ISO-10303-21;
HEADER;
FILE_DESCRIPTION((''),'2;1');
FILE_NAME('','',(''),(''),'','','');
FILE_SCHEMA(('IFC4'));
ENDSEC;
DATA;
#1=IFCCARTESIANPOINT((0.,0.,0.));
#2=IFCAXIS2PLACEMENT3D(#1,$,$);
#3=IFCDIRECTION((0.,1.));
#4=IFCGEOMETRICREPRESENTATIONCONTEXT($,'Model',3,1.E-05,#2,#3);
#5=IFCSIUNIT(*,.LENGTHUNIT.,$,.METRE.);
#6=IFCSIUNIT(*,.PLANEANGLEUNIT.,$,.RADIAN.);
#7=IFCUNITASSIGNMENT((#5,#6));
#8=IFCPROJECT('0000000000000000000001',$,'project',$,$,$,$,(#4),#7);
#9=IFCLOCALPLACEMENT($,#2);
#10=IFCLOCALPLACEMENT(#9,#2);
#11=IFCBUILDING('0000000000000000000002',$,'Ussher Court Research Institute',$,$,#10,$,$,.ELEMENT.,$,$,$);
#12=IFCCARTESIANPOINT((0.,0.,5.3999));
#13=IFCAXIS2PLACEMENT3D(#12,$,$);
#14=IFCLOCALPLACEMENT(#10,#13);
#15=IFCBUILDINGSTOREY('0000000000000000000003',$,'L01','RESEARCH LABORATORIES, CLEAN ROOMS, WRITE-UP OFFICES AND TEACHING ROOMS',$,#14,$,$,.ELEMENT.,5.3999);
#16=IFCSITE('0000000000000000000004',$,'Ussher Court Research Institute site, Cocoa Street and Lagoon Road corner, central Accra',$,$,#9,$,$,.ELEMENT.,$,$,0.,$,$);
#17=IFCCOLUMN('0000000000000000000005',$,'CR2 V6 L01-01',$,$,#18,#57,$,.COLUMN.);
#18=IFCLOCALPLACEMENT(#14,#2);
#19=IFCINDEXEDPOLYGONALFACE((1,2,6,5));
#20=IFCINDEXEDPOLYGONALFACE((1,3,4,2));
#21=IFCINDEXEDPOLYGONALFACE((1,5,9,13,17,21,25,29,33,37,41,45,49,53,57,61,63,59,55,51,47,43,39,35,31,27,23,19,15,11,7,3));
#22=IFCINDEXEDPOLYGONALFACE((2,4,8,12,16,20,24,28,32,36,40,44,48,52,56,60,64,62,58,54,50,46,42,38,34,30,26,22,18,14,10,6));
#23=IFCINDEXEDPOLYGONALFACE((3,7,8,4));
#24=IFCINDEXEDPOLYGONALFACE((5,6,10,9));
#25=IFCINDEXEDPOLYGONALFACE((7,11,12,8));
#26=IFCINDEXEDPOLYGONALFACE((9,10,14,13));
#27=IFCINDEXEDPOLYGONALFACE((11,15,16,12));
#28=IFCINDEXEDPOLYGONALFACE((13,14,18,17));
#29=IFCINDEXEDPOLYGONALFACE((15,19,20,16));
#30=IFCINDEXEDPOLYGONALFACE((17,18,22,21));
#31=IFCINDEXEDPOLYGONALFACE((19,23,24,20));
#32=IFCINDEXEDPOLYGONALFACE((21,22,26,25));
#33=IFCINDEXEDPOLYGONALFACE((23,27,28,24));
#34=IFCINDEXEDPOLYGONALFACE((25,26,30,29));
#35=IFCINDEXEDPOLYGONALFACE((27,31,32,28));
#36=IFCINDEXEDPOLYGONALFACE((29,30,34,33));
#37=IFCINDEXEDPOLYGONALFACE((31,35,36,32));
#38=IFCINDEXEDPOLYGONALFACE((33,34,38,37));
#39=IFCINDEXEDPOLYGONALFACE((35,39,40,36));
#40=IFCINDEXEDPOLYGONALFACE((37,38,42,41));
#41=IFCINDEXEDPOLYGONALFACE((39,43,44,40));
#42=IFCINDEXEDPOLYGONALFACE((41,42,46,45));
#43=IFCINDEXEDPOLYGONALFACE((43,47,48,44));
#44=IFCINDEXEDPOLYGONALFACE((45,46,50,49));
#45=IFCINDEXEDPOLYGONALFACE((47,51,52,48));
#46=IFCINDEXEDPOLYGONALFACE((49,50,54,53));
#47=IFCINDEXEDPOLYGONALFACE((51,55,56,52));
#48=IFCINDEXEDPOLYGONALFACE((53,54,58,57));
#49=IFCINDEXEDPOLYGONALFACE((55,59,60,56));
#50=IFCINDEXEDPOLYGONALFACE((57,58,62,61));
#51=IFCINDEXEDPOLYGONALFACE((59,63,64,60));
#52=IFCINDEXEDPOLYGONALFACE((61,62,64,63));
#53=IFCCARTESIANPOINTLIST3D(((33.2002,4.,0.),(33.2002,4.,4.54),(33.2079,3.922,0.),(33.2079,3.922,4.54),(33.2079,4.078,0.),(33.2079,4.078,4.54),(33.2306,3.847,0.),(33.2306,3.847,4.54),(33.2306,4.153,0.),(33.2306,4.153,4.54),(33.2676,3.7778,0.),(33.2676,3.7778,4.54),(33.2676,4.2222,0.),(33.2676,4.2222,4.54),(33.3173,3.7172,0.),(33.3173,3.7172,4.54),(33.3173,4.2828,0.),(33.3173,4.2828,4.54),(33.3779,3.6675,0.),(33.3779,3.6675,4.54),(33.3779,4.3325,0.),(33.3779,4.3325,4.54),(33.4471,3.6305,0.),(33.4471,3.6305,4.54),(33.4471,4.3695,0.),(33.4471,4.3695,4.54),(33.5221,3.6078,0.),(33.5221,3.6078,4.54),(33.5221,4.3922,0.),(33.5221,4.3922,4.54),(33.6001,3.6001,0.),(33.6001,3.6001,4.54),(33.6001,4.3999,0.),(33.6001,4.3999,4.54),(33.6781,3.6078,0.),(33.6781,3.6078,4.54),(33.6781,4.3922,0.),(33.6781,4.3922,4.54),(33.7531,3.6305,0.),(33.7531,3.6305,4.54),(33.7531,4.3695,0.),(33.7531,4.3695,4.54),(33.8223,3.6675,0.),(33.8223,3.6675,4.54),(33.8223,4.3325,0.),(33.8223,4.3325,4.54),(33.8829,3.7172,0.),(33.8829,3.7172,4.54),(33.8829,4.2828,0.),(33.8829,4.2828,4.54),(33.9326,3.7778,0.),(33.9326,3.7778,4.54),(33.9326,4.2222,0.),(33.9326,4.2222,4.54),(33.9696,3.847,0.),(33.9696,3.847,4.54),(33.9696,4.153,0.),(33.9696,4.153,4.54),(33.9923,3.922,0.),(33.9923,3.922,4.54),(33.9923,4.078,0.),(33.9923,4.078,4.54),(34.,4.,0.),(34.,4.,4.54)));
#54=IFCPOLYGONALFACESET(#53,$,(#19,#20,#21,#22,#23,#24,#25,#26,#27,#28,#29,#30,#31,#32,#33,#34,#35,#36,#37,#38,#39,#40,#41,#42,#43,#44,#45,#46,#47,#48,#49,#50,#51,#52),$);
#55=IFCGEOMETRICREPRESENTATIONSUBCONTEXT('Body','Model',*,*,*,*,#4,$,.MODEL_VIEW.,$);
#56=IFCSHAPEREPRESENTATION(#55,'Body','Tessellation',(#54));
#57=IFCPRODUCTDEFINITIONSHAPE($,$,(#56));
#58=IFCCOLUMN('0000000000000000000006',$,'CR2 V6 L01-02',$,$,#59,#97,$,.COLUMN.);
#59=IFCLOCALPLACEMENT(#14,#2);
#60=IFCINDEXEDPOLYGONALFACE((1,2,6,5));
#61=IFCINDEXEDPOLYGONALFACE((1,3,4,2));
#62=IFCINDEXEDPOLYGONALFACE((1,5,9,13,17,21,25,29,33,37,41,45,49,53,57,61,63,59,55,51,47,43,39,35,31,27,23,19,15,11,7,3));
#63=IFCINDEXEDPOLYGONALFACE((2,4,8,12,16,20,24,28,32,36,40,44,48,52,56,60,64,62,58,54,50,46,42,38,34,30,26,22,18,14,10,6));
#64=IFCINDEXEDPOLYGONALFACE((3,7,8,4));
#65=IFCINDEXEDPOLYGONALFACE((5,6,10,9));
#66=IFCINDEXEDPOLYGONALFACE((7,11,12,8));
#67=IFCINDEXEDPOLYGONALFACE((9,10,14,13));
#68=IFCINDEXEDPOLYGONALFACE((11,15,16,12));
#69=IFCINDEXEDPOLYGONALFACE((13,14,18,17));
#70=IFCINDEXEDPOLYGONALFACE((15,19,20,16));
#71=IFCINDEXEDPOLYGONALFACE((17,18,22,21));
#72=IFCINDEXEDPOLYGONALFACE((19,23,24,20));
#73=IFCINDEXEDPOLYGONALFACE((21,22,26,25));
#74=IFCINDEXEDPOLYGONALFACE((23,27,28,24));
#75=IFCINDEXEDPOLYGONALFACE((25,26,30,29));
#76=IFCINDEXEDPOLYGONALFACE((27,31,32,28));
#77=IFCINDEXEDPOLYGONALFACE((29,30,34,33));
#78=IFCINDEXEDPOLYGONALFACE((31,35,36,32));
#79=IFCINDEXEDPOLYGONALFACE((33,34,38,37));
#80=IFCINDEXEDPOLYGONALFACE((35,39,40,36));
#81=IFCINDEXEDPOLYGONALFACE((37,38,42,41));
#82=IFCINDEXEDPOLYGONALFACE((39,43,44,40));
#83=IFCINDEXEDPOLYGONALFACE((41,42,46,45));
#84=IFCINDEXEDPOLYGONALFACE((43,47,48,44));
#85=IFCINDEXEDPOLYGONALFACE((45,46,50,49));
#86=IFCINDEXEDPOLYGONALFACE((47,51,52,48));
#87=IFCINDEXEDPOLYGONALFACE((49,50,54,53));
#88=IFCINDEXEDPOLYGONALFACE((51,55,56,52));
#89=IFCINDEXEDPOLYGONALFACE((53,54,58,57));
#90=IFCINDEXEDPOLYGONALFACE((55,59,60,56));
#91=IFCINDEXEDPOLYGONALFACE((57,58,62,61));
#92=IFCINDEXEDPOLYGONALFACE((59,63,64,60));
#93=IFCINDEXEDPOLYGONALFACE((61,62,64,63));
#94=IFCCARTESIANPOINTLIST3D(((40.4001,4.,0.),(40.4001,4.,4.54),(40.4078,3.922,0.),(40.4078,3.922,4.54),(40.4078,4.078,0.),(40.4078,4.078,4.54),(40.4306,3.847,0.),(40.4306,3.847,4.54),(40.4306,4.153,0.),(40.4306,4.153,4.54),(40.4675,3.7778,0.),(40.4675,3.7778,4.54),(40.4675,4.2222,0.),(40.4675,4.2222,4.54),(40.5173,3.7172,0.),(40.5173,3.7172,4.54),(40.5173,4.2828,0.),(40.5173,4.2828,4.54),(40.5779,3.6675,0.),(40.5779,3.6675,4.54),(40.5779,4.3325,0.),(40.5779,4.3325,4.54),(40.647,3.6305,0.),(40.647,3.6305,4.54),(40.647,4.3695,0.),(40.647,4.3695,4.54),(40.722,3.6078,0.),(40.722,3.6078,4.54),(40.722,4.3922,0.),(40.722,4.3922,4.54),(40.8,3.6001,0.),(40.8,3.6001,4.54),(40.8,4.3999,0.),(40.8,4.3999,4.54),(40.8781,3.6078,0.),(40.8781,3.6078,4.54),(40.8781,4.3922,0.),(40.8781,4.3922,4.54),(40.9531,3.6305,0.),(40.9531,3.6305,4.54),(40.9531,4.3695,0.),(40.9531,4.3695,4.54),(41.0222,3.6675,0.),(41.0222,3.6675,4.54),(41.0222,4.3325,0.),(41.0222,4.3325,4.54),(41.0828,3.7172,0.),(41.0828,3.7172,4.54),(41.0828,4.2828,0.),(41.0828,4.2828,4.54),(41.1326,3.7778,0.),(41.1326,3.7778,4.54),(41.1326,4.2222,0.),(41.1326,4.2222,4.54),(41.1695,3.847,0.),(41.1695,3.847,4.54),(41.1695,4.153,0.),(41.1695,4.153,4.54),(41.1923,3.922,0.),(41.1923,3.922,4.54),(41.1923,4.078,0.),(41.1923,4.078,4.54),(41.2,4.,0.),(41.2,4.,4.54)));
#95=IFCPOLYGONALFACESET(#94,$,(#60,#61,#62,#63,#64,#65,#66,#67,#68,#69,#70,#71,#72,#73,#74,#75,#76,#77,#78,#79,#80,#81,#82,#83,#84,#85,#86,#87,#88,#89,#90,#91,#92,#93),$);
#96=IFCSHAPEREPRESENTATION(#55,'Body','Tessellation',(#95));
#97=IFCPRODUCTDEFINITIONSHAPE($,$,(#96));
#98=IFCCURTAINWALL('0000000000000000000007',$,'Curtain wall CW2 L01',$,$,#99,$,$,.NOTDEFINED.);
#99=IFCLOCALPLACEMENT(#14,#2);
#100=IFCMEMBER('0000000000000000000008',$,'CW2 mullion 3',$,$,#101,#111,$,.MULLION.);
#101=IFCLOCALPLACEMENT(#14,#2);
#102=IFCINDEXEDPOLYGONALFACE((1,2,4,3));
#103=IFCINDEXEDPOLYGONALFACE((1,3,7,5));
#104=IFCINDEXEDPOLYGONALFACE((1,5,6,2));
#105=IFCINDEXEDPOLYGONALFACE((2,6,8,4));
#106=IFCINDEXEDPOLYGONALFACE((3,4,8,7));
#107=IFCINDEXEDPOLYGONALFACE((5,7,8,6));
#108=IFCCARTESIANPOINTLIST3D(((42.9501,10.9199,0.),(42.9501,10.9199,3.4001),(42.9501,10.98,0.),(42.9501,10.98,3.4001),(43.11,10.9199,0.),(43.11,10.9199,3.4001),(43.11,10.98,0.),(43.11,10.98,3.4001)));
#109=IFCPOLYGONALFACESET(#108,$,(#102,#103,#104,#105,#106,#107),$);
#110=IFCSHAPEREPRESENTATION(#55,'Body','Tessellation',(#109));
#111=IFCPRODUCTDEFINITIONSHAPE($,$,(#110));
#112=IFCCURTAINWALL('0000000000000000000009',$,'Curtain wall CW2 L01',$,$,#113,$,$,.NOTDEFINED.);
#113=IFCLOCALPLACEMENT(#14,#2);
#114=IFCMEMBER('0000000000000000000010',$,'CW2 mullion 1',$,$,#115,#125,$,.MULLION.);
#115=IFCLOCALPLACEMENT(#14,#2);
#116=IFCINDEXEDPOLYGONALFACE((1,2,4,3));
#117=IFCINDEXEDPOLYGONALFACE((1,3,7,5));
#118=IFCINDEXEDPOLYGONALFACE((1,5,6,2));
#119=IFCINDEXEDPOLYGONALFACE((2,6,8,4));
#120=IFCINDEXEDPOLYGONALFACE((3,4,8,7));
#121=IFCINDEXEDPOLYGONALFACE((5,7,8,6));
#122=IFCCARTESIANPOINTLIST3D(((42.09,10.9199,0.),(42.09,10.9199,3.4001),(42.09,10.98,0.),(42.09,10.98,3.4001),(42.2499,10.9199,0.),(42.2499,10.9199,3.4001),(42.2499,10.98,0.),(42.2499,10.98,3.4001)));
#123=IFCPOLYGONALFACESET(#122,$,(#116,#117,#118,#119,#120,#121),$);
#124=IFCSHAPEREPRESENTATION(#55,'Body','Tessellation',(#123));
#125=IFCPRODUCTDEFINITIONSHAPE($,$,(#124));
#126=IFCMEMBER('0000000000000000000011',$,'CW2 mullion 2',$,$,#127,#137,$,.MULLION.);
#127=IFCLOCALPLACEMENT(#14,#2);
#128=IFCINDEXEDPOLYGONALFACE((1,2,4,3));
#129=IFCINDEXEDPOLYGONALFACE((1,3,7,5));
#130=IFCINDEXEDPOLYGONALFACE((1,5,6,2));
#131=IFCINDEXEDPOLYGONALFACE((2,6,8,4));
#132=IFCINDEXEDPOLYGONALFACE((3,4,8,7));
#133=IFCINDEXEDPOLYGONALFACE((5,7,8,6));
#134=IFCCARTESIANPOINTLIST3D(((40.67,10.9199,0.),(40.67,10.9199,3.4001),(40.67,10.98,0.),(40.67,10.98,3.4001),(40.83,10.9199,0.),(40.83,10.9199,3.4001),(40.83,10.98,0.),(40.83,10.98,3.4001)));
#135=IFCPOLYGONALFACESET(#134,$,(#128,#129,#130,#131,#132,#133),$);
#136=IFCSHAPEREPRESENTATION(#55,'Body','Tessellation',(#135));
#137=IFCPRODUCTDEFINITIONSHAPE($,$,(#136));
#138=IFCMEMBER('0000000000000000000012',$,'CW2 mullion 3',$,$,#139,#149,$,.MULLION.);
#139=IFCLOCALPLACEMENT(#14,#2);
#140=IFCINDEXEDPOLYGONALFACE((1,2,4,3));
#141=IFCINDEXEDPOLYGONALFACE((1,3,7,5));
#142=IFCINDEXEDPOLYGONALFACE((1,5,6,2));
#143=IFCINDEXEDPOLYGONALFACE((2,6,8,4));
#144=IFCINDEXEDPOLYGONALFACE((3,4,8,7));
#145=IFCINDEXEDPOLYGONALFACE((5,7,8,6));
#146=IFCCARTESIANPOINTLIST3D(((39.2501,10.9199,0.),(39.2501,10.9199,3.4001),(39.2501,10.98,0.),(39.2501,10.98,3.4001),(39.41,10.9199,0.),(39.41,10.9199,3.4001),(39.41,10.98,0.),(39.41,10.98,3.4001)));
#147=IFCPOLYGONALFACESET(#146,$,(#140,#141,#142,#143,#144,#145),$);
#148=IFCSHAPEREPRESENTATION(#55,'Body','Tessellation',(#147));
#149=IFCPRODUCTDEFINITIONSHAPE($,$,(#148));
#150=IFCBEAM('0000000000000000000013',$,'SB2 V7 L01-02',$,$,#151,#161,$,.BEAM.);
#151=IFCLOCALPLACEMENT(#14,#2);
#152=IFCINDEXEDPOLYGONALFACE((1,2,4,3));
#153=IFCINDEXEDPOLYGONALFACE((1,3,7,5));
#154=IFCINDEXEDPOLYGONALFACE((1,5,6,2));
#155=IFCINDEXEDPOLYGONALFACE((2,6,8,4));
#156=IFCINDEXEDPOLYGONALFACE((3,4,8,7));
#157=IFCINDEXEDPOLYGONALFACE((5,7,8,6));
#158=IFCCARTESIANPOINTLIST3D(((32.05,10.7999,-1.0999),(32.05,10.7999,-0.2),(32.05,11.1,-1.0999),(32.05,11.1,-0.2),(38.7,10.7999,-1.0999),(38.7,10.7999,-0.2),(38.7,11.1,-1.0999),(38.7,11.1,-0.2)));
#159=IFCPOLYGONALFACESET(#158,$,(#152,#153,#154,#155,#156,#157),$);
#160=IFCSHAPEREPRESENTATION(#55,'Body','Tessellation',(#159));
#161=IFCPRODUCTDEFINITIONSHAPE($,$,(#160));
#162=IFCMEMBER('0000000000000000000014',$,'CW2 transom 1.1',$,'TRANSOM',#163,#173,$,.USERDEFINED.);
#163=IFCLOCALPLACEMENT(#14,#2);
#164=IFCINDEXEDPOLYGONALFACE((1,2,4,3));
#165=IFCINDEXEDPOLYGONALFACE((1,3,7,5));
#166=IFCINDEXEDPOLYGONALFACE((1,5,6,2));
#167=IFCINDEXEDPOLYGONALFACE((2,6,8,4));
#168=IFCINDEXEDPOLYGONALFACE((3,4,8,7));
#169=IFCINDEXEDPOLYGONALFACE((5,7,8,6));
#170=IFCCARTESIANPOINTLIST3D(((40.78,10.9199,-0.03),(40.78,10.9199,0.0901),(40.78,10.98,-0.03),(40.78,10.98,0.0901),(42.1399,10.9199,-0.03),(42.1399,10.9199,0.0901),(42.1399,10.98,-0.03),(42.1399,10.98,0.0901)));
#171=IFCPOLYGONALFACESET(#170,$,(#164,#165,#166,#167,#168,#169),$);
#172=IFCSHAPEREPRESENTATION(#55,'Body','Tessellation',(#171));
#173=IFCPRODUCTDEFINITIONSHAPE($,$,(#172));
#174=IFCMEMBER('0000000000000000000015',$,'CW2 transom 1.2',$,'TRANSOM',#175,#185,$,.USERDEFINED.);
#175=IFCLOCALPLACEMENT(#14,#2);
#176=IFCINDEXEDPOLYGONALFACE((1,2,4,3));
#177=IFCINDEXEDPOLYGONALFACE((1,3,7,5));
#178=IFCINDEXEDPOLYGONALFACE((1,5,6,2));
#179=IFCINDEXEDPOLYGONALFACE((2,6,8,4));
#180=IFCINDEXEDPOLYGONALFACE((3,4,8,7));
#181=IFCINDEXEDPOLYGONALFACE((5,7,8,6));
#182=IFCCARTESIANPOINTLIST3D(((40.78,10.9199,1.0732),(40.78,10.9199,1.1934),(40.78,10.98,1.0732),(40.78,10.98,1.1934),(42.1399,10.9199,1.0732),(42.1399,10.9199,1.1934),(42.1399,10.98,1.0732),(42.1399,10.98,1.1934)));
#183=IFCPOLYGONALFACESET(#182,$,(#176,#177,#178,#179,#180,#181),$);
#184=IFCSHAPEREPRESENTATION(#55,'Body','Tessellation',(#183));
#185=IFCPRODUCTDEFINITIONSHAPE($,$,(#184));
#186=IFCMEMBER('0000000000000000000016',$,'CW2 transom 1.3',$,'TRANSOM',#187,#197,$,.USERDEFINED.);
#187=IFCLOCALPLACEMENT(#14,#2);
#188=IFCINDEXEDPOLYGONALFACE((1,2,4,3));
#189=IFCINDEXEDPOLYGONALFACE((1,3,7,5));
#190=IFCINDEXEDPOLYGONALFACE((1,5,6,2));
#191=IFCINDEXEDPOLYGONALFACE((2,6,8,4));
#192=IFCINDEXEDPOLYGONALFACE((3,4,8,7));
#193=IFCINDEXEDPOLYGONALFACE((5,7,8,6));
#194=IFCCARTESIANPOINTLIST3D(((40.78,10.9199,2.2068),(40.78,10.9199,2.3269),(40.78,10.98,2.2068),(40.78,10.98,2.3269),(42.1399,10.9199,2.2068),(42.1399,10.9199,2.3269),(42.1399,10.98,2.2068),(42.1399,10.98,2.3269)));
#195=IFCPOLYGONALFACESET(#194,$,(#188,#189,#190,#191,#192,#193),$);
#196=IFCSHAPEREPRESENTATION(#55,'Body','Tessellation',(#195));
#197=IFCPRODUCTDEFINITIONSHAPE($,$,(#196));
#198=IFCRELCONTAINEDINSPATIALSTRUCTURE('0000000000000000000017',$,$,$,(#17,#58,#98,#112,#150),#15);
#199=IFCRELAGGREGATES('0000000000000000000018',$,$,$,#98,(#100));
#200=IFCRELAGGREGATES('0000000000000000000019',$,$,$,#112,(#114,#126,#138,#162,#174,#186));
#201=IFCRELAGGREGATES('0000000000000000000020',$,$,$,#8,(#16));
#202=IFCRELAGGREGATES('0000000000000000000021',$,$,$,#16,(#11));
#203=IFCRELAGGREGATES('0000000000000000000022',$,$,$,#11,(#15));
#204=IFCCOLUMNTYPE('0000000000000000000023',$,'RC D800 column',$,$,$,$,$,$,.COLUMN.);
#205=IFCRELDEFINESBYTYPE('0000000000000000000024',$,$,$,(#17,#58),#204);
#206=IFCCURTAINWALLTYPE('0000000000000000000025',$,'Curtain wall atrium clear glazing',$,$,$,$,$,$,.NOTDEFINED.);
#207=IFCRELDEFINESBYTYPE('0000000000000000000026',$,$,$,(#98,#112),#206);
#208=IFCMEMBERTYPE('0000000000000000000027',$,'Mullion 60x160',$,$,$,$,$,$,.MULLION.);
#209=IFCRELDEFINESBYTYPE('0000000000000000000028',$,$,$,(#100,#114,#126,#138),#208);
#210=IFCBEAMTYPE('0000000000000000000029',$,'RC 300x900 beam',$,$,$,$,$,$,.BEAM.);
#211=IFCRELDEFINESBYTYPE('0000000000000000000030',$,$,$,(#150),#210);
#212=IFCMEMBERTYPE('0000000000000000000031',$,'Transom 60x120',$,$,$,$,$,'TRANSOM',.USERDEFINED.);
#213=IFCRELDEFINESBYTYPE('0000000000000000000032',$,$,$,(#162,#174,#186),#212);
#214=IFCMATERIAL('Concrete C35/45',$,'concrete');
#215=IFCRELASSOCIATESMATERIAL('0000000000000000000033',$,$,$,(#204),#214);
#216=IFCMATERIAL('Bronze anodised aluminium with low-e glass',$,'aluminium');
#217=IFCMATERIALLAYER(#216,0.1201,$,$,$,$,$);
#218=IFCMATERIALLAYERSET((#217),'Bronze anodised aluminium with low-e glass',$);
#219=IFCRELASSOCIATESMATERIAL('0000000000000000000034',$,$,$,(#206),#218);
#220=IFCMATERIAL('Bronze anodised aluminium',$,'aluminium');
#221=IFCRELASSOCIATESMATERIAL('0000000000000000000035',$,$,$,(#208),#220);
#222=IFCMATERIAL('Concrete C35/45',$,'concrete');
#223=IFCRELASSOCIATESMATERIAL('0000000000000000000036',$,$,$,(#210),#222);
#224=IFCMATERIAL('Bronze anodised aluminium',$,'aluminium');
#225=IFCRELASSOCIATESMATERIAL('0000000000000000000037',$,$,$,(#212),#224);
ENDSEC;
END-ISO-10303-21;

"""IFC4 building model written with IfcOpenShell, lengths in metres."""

from ifc_helpers import new_model, si_unit, direction, frame, origin, origin_2d, place, context, subcontext, project, spatial, rectangle, circle, extrude, material, layer, layer_set, material_profile, profile_set, type_object, element, aggregate, save


model = new_model("IFC4")

# Units and contexts
model_context = context("Model", 3, precision=1e-05, world=origin(), true_north=direction((0.0, 1.0)))
body_context = subcontext(model_context, "Body", "Model", "MODEL_VIEW")
ifc_project = project(units=[si_unit("LENGTHUNIT", "METRE"), si_unit("PLANEANGLEUNIT", "RADIAN")], contexts=[model_context])

# Site, building, storey
site_placement = place(None, origin())
site = spatial("IfcSite", under=ifc_project, at=site_placement, Name="Ussher Court Research Institute site, Cocoa Street and Lagoon Road corner, central Accra", CompositionType="ELEMENT", RefElevation=0.0)
building_placement = place(site_placement, origin())
building = spatial("IfcBuilding", under=site, at=building_placement, Name="Ussher Court Research Institute", CompositionType="ELEMENT")
storey_placement = place(building_placement, frame((0.0, 0.0, 5.3999)))
storey = spatial("IfcBuildingStorey", under=building, at=storey_placement, Name="L01", Description="RESEARCH LABORATORIES, CLEAN ROOMS, WRITE-UP OFFICES AND TEACHING ROOMS", CompositionType="ELEMENT", Elevation=5.3999)

# Columns
ifc_material_1 = material(Name="Concrete C35/45", Category="concrete")
ifc_material_profile_1 = material_profile(ifc_material_1, circle(Radius=0.3999, at=origin_2d()), Name="RC D800")
ifc_profile_set_1 = profile_set([ifc_material_profile_1], Name="Concrete C35/45")
column_type = type_object("IfcColumnType", Name="RC D800 column", PredefinedType="COLUMN", material=ifc_profile_set_1)
for number, where, z_axis, x_axis, name in (
    (1, (33.6001, 4.0, 0.0), (0.0, 0.0, 1.0), (1.0, 0.0, 0.0), "CR2 V6 L01-01"),
    (2, (40.8, 4.0, 0.0), (0.0, 0.0, 1.0), (1.0, 0.0, 0.0), "CR2 V6 L01-02"),
):
    element("IfcColumn", number, at=place(storey_placement, frame(where, z_axis=z_axis, x_axis=x_axis)), inside=storey, type_object=column_type, Name=name, PredefinedType="COLUMN", context=body_context, shape_type="SweptSolid", body=[
        extrude(circle(Radius=0.3999, at=origin_2d()), origin(), (0.0, 0.0, 1.0), 4.54),
    ])

# Curtain wall, member
ifc_material_2 = material(Name="Bronze anodised aluminium with low-e glass", Category="aluminium")
ifc_layer_1 = layer(ifc_material_2, 0.1201)
ifc_layer_set_1 = layer_set([ifc_layer_1], Name="Bronze anodised aluminium with low-e glass")
curtain_wall_type = type_object("IfcCurtainWallType", Name="Curtain wall atrium clear glazing", PredefinedType="NOTDEFINED", material=ifc_layer_set_1)
curtain_wall_1_placement = place(storey_placement, origin())
curtain_wall_1 = element("IfcCurtainWall", 3, at=curtain_wall_1_placement, inside=storey, type_object=curtain_wall_type, Name="Curtain wall CW2 L01", PredefinedType="NOTDEFINED")
ifc_material_3 = material(Name="Bronze anodised aluminium", Category="aluminium")
ifc_material_profile_2 = material_profile(ifc_material_3, rectangle(XDim=0.0601, YDim=0.1599, at=origin_2d()), Name="Mullion 60x160")
ifc_profile_set_2 = profile_set([ifc_material_profile_2], Name="Bronze anodised aluminium")
member_type_1 = type_object("IfcMemberType", Name="Mullion 60x160", PredefinedType="MULLION", material=ifc_profile_set_2)
member_1_placement = place(storey_placement, frame((43.03, 10.95, 0.0), z_axis=(0.0, 0.0, 1.0), x_axis=(0.0, -1.0, 0.0)))
member_1 = element("IfcMember", 4, at=member_1_placement, type_object=member_type_1, Name="CW2 mullion 3", PredefinedType="MULLION", context=body_context, shape_type="SweptSolid", body=[
    extrude(rectangle(XDim=0.0601, YDim=0.1599, at=origin_2d()), origin(), (0.0, 0.0, 1.0), 3.4001),
])
aggregate(curtain_wall_1, [member_1])

# Curtain wall, members
curtain_wall_2_placement = place(storey_placement, origin())
curtain_wall_2 = element("IfcCurtainWall", 5, at=curtain_wall_2_placement, inside=storey, type_object=curtain_wall_type, Name="Curtain wall CW2 L01", PredefinedType="NOTDEFINED")
member_2_placement = place(storey_placement, frame((42.1699, 10.95, 0.0), z_axis=(0.0, 0.0, 1.0), x_axis=(0.0, -1.0, 0.0)))
member_2 = element("IfcMember", 6, at=member_2_placement, type_object=member_type_1, Name="CW2 mullion 1", PredefinedType="MULLION", context=body_context, shape_type="SweptSolid", body=[
    extrude(rectangle(XDim=0.0601, YDim=0.1599, at=origin_2d()), origin(), (0.0, 0.0, 1.0), 3.4001),
])
member_3_placement = place(storey_placement, frame((40.75, 10.95, 0.0), z_axis=(0.0, 0.0, 1.0), x_axis=(0.0, -1.0, 0.0)))
member_3 = element("IfcMember", 7, at=member_3_placement, type_object=member_type_1, Name="CW2 mullion 2", PredefinedType="MULLION", context=body_context, shape_type="SweptSolid", body=[
    extrude(rectangle(XDim=0.0601, YDim=0.1599, at=origin_2d()), origin(), (0.0, 0.0, 1.0), 3.4001),
])
member_4_placement = place(storey_placement, frame((39.3301, 10.95, 0.0), z_axis=(0.0, 0.0, 1.0), x_axis=(0.0, -1.0, 0.0)))
member_4 = element("IfcMember", 8, at=member_4_placement, type_object=member_type_1, Name="CW2 mullion 3", PredefinedType="MULLION", context=body_context, shape_type="SweptSolid", body=[
    extrude(rectangle(XDim=0.0601, YDim=0.1599, at=origin_2d()), origin(), (0.0, 0.0, 1.0), 3.4001),
])

# Beam
ifc_material_4 = material(Name="Concrete C35/45", Category="concrete")
ifc_material_profile_3 = material_profile(ifc_material_4, rectangle(XDim=0.3, YDim=0.8999, at=origin_2d()), Name="RC 300x900")
ifc_profile_set_3 = profile_set([ifc_material_profile_3], Name="Concrete C35/45")
beam_type = type_object("IfcBeamType", Name="RC 300x900 beam", PredefinedType="BEAM", material=ifc_profile_set_3)
beam_placement = place(storey_placement, frame((32.05, 10.95, -0.6499), z_axis=(1.0, 0.0, 0.0), x_axis=(0.0, 1.0, 0.0)))
element("IfcBeam", 9, at=beam_placement, inside=storey, type_object=beam_type, Name="SB2 V7 L01-02", PredefinedType="BEAM", context=body_context, shape_type="SweptSolid", body=[
    extrude(rectangle(XDim=0.3, YDim=0.8999, at=origin_2d()), origin(), (0.0, 0.0, 1.0), 6.6499),
])

# Members
ifc_material_5 = material(Name="Bronze anodised aluminium", Category="aluminium")
ifc_material_profile_4 = material_profile(ifc_material_5, rectangle(XDim=0.0601, YDim=0.1201, at=origin_2d()), Name="Transom 60x120")
ifc_profile_set_4 = profile_set([ifc_material_profile_4], Name="Bronze anodised aluminium")
member_type_2 = type_object("IfcMemberType", Name="Transom 60x120", ElementType="TRANSOM", PredefinedType="USERDEFINED", material=ifc_profile_set_4)
member_5_placement = place(storey_placement, frame((42.1399, 10.95, 0.03), z_axis=(-1.0, 0.0, 0.0), x_axis=(0.0, -1.0, 0.0)))
member_5 = element("IfcMember", 10, at=member_5_placement, type_object=member_type_2, Name="CW2 transom 1.1", ObjectType="TRANSOM", PredefinedType="USERDEFINED", context=body_context, shape_type="SweptSolid", body=[
    extrude(rectangle(XDim=0.0601, YDim=0.1201, at=origin_2d()), origin(), (0.0, 0.0, 1.0), 1.3599),
])
member_6_placement = place(storey_placement, frame((42.1399, 10.95, 1.1333), z_axis=(-1.0, 0.0, 0.0), x_axis=(0.0, -1.0, 0.0)))
member_6 = element("IfcMember", 11, at=member_6_placement, type_object=member_type_2, Name="CW2 transom 1.2", ObjectType="TRANSOM", PredefinedType="USERDEFINED", context=body_context, shape_type="SweptSolid", body=[
    extrude(rectangle(XDim=0.0601, YDim=0.1201, at=origin_2d()), origin(), (0.0, 0.0, 1.0), 1.3599),
])
member_7_placement = place(storey_placement, frame((42.1399, 10.95, 2.2668), z_axis=(-1.0, 0.0, 0.0), x_axis=(0.0, -1.0, 0.0)))
member_7 = element("IfcMember", 12, at=member_7_placement, type_object=member_type_2, Name="CW2 transom 1.3", ObjectType="TRANSOM", PredefinedType="USERDEFINED", context=body_context, shape_type="SweptSolid", body=[
    extrude(rectangle(XDim=0.0601, YDim=0.1201, at=origin_2d()), origin(), (0.0, 0.0, 1.0), 1.3599),
])

aggregate(curtain_wall_2, [member_2, member_3, member_4, member_5, member_6, member_7])

save(model, "model.ifc")
